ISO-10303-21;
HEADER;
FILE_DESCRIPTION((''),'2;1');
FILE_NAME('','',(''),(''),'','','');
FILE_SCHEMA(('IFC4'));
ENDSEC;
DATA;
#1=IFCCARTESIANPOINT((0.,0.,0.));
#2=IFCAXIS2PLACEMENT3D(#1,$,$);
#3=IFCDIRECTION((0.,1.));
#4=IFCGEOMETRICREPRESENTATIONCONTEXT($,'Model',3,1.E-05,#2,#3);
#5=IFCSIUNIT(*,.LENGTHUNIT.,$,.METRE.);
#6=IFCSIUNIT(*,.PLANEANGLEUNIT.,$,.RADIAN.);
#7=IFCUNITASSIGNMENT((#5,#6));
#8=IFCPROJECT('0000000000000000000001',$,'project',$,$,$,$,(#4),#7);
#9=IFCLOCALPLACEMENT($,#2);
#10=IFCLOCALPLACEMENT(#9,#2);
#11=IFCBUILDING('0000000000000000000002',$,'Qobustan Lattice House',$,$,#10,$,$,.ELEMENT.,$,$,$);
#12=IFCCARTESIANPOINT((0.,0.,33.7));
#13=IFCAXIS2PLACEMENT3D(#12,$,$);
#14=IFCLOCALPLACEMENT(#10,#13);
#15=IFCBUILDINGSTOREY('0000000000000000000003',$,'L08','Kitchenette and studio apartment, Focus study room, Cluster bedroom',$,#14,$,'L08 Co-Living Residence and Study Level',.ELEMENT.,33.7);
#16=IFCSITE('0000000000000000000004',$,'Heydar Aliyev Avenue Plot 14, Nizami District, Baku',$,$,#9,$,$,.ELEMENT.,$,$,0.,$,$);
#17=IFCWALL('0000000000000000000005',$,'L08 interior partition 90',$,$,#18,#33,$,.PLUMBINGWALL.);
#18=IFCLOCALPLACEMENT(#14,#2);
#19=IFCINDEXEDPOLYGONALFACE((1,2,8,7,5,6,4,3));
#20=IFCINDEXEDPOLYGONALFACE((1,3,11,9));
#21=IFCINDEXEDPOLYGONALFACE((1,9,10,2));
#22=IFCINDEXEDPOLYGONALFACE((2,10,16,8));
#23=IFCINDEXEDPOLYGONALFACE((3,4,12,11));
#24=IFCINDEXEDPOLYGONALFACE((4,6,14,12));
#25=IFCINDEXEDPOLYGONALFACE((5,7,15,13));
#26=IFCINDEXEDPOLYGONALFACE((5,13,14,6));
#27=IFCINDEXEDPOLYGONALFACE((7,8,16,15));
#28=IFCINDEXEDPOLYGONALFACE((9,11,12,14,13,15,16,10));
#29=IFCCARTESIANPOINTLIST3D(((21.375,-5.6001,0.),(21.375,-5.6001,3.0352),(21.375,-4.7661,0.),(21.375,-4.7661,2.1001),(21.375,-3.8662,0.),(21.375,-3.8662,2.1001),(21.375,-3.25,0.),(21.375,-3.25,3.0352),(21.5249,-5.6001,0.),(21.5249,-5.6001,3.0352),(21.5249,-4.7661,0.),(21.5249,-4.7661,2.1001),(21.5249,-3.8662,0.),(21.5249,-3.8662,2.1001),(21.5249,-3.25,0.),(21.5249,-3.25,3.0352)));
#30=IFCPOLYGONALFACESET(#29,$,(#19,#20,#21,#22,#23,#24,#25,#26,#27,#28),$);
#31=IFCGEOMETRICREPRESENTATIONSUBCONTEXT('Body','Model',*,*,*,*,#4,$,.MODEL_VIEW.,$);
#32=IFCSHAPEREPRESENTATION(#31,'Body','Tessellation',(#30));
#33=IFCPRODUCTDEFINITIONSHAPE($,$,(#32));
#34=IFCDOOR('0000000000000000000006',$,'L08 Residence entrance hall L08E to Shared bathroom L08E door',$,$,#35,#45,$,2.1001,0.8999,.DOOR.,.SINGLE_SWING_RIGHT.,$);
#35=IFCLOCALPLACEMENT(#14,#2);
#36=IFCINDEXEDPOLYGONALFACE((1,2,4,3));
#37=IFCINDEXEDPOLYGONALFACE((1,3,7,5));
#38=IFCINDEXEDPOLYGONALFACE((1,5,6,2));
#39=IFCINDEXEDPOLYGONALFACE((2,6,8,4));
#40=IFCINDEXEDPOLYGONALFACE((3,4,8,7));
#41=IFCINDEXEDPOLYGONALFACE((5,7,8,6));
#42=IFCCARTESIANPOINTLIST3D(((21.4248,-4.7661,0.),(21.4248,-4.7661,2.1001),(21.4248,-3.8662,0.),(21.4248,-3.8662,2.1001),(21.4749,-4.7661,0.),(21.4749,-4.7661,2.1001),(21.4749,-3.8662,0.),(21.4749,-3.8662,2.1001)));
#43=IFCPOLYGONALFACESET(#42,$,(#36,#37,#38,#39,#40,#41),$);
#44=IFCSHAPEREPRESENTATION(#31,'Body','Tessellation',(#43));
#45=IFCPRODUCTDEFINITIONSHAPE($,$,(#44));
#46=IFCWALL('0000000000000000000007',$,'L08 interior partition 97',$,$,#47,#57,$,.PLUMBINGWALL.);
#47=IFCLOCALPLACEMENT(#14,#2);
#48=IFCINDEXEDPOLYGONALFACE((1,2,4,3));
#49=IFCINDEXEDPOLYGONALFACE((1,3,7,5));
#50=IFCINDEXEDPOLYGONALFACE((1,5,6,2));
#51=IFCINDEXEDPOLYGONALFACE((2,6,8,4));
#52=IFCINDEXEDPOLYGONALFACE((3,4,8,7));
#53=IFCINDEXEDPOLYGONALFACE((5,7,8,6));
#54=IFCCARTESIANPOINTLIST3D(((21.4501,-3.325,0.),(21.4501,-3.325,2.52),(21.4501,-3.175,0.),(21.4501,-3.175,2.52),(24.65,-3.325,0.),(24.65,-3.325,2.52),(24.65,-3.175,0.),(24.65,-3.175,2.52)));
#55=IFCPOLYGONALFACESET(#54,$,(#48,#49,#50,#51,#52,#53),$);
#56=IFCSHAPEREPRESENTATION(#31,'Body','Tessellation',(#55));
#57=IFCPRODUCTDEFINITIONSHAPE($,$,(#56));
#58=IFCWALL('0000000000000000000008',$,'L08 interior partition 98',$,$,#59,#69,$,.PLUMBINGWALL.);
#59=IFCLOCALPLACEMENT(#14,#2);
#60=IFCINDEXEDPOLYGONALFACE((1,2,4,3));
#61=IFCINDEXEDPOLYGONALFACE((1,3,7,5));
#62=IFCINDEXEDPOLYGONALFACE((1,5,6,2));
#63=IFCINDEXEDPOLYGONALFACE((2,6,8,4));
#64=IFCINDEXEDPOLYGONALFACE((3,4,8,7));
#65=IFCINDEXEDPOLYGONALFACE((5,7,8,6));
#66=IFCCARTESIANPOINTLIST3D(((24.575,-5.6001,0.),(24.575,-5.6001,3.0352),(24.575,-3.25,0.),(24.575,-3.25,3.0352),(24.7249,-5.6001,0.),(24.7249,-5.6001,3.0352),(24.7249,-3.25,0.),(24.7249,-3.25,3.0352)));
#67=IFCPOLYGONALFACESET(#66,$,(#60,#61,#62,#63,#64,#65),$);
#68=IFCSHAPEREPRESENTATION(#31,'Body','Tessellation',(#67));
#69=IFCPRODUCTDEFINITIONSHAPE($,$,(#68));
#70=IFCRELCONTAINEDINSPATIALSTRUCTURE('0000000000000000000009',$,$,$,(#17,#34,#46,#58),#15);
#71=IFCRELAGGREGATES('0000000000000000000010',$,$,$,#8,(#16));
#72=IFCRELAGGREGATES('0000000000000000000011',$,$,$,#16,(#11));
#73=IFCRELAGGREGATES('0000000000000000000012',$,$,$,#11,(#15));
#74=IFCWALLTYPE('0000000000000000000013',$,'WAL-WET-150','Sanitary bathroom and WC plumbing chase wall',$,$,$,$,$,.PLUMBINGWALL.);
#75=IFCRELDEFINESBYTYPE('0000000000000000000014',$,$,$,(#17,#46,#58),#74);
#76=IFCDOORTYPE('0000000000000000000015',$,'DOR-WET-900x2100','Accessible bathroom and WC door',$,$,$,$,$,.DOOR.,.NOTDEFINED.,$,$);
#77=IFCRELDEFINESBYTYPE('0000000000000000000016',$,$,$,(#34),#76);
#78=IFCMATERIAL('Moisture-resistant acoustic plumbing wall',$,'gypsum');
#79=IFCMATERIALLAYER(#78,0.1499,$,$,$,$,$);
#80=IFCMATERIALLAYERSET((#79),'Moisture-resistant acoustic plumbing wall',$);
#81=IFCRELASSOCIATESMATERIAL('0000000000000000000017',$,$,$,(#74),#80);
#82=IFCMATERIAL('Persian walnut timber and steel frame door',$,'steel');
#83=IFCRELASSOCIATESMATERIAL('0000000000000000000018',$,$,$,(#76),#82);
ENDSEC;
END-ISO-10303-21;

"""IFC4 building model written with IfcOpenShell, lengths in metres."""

from ifc_helpers import new_model, si_unit, direction, frame, frame_2d, origin, place, context, subcontext, project, spatial, rectangle, extrude, material, layer, layer_set, type_object, element, fill, save


model = new_model("IFC4")

# Units and contexts
model_context = context("Model", 3, precision=1e-05, world=origin(), true_north=direction((0.0, 1.0)))
body_context = subcontext(model_context, "Body", "Model", "MODEL_VIEW")
ifc_project = project(units=[si_unit("LENGTHUNIT", "METRE"), si_unit("PLANEANGLEUNIT", "RADIAN")], contexts=[model_context])

# Site, building, storey
site_placement = place(None, origin())
site = spatial("IfcSite", under=ifc_project, at=site_placement, Name="Heydar Aliyev Avenue Plot 14, Nizami District, Baku", CompositionType="ELEMENT", RefElevation=0.0)
building_placement = place(site_placement, origin())
building = spatial("IfcBuilding", under=site, at=building_placement, Name="Qobustan Lattice House", CompositionType="ELEMENT")
storey_placement = place(building_placement, frame((0.0, 0.0, 33.7)))
storey = spatial("IfcBuildingStorey", under=building, at=storey_placement, Name="L08", Description="Kitchenette and studio apartment, Focus study room, Cluster bedroom", LongName="L08 Co-Living Residence and Study Level", CompositionType="ELEMENT", Elevation=33.7)

# Shared definitions
ifc_material_1 = material(Name="Moisture-resistant acoustic plumbing wall", Category="gypsum")
ifc_layer_1 = layer(ifc_material_1, 0.1499)
ifc_layer_set_1 = layer_set([ifc_layer_1], Name="Moisture-resistant acoustic plumbing wall")
wall_type_1 = type_object("IfcWallType", Name="WAL-WET-150", Description="Sanitary bathroom and WC plumbing chase wall", PredefinedType="PLUMBINGWALL", material=ifc_layer_set_1)

# Wall, opening, door
wall_1_placement = place(storey_placement, frame((21.45, -3.25, 0.0), z_axis=(0.0, 0.0, 1.0), x_axis=(0.0, -1.0, 0.0)))
wall_1 = element("IfcWall", 1, at=wall_1_placement, inside=storey, type_object=wall_type_1, Name="L08 interior partition 90", PredefinedType="PLUMBINGWALL", context=body_context, shape_type="SweptSolid", body=[
    extrude(rectangle(XDim=2.3501, YDim=0.1499, at=frame_2d((1.175, 0.0))), origin(), (0.0, 0.0, 1.0), 3.0352),
])
opening_1_placement = place(wall_1_placement, frame((0.6162, 0.0, 0.0)))
opening_1 = element("IfcOpeningElement", 2, at=opening_1_placement, cuts=wall_1, PredefinedType="OPENING", context=body_context, shape_type="SweptSolid", body=[
    extrude(rectangle(XDim=0.8999, YDim=2.1001, at=frame_2d((0.45, 1.05))), frame((0.0, 0.085, 0.0), z_axis=(0.0, -1.0, 0.0), x_axis=(1.0, 0.0, 0.0)), (0.0, 0.0, 1.0), 0.1699),
])
ifc_material_2 = material(Name="Persian walnut timber and steel frame door", Category="steel")
door_type_1 = type_object("IfcDoorType", Name="DOR-WET-900x2100", Description="Accessible bathroom and WC door", OperationType="NOTDEFINED", PredefinedType="DOOR", material=ifc_material_2)
door_1_placement = place(opening_1_placement, origin())
door_1 = element("IfcDoor", 3, at=door_1_placement, inside=storey, type_object=door_type_1, Name="L08 Residence entrance hall L08E to Shared bathroom L08E door", OperationType="SINGLE_SWING_RIGHT", OverallHeight=2.1001, OverallWidth=0.8999, PredefinedType="DOOR", context=body_context, shape_type="SweptSolid", body=[
    extrude(rectangle(XDim=0.8999, YDim=2.1001, at=frame_2d((0.45, 1.05))), frame((0.0, 0.0249, 0.0), z_axis=(0.0, -1.0, 0.0), x_axis=(1.0, 0.0, 0.0)), (0.0, 0.0, 1.0), 0.05),
])
fill(opening_1, door_1)

# Walls
wall_2_placement = place(storey_placement, frame((21.45, -3.25, 0.0), z_axis=(0.0, 0.0, 1.0), x_axis=(1.0, 0.0, 0.0)))
element("IfcWall", 4, at=wall_2_placement, inside=storey, type_object=wall_type_1, Name="L08 interior partition 97", PredefinedType="PLUMBINGWALL", context=body_context, shape_type="SweptSolid", body=[
    extrude(rectangle(XDim=3.2, YDim=0.1499, at=frame_2d((1.6001, 0.0))), origin(), (0.0, 0.0, 1.0), 2.52),
])
wall_3_placement = place(storey_placement, frame((24.6499, -3.25, 0.0), z_axis=(0.0, 0.0, 1.0), x_axis=(0.0, -1.0, 0.0)))
element("IfcWall", 5, at=wall_3_placement, inside=storey, type_object=wall_type_1, Name="L08 interior partition 98", PredefinedType="PLUMBINGWALL", context=body_context, shape_type="SweptSolid", body=[
    extrude(rectangle(XDim=2.3501, YDim=0.1499, at=frame_2d((1.175, 0.0))), origin(), (0.0, 0.0, 1.0), 3.0352),
])

save(model, "model.ifc")
